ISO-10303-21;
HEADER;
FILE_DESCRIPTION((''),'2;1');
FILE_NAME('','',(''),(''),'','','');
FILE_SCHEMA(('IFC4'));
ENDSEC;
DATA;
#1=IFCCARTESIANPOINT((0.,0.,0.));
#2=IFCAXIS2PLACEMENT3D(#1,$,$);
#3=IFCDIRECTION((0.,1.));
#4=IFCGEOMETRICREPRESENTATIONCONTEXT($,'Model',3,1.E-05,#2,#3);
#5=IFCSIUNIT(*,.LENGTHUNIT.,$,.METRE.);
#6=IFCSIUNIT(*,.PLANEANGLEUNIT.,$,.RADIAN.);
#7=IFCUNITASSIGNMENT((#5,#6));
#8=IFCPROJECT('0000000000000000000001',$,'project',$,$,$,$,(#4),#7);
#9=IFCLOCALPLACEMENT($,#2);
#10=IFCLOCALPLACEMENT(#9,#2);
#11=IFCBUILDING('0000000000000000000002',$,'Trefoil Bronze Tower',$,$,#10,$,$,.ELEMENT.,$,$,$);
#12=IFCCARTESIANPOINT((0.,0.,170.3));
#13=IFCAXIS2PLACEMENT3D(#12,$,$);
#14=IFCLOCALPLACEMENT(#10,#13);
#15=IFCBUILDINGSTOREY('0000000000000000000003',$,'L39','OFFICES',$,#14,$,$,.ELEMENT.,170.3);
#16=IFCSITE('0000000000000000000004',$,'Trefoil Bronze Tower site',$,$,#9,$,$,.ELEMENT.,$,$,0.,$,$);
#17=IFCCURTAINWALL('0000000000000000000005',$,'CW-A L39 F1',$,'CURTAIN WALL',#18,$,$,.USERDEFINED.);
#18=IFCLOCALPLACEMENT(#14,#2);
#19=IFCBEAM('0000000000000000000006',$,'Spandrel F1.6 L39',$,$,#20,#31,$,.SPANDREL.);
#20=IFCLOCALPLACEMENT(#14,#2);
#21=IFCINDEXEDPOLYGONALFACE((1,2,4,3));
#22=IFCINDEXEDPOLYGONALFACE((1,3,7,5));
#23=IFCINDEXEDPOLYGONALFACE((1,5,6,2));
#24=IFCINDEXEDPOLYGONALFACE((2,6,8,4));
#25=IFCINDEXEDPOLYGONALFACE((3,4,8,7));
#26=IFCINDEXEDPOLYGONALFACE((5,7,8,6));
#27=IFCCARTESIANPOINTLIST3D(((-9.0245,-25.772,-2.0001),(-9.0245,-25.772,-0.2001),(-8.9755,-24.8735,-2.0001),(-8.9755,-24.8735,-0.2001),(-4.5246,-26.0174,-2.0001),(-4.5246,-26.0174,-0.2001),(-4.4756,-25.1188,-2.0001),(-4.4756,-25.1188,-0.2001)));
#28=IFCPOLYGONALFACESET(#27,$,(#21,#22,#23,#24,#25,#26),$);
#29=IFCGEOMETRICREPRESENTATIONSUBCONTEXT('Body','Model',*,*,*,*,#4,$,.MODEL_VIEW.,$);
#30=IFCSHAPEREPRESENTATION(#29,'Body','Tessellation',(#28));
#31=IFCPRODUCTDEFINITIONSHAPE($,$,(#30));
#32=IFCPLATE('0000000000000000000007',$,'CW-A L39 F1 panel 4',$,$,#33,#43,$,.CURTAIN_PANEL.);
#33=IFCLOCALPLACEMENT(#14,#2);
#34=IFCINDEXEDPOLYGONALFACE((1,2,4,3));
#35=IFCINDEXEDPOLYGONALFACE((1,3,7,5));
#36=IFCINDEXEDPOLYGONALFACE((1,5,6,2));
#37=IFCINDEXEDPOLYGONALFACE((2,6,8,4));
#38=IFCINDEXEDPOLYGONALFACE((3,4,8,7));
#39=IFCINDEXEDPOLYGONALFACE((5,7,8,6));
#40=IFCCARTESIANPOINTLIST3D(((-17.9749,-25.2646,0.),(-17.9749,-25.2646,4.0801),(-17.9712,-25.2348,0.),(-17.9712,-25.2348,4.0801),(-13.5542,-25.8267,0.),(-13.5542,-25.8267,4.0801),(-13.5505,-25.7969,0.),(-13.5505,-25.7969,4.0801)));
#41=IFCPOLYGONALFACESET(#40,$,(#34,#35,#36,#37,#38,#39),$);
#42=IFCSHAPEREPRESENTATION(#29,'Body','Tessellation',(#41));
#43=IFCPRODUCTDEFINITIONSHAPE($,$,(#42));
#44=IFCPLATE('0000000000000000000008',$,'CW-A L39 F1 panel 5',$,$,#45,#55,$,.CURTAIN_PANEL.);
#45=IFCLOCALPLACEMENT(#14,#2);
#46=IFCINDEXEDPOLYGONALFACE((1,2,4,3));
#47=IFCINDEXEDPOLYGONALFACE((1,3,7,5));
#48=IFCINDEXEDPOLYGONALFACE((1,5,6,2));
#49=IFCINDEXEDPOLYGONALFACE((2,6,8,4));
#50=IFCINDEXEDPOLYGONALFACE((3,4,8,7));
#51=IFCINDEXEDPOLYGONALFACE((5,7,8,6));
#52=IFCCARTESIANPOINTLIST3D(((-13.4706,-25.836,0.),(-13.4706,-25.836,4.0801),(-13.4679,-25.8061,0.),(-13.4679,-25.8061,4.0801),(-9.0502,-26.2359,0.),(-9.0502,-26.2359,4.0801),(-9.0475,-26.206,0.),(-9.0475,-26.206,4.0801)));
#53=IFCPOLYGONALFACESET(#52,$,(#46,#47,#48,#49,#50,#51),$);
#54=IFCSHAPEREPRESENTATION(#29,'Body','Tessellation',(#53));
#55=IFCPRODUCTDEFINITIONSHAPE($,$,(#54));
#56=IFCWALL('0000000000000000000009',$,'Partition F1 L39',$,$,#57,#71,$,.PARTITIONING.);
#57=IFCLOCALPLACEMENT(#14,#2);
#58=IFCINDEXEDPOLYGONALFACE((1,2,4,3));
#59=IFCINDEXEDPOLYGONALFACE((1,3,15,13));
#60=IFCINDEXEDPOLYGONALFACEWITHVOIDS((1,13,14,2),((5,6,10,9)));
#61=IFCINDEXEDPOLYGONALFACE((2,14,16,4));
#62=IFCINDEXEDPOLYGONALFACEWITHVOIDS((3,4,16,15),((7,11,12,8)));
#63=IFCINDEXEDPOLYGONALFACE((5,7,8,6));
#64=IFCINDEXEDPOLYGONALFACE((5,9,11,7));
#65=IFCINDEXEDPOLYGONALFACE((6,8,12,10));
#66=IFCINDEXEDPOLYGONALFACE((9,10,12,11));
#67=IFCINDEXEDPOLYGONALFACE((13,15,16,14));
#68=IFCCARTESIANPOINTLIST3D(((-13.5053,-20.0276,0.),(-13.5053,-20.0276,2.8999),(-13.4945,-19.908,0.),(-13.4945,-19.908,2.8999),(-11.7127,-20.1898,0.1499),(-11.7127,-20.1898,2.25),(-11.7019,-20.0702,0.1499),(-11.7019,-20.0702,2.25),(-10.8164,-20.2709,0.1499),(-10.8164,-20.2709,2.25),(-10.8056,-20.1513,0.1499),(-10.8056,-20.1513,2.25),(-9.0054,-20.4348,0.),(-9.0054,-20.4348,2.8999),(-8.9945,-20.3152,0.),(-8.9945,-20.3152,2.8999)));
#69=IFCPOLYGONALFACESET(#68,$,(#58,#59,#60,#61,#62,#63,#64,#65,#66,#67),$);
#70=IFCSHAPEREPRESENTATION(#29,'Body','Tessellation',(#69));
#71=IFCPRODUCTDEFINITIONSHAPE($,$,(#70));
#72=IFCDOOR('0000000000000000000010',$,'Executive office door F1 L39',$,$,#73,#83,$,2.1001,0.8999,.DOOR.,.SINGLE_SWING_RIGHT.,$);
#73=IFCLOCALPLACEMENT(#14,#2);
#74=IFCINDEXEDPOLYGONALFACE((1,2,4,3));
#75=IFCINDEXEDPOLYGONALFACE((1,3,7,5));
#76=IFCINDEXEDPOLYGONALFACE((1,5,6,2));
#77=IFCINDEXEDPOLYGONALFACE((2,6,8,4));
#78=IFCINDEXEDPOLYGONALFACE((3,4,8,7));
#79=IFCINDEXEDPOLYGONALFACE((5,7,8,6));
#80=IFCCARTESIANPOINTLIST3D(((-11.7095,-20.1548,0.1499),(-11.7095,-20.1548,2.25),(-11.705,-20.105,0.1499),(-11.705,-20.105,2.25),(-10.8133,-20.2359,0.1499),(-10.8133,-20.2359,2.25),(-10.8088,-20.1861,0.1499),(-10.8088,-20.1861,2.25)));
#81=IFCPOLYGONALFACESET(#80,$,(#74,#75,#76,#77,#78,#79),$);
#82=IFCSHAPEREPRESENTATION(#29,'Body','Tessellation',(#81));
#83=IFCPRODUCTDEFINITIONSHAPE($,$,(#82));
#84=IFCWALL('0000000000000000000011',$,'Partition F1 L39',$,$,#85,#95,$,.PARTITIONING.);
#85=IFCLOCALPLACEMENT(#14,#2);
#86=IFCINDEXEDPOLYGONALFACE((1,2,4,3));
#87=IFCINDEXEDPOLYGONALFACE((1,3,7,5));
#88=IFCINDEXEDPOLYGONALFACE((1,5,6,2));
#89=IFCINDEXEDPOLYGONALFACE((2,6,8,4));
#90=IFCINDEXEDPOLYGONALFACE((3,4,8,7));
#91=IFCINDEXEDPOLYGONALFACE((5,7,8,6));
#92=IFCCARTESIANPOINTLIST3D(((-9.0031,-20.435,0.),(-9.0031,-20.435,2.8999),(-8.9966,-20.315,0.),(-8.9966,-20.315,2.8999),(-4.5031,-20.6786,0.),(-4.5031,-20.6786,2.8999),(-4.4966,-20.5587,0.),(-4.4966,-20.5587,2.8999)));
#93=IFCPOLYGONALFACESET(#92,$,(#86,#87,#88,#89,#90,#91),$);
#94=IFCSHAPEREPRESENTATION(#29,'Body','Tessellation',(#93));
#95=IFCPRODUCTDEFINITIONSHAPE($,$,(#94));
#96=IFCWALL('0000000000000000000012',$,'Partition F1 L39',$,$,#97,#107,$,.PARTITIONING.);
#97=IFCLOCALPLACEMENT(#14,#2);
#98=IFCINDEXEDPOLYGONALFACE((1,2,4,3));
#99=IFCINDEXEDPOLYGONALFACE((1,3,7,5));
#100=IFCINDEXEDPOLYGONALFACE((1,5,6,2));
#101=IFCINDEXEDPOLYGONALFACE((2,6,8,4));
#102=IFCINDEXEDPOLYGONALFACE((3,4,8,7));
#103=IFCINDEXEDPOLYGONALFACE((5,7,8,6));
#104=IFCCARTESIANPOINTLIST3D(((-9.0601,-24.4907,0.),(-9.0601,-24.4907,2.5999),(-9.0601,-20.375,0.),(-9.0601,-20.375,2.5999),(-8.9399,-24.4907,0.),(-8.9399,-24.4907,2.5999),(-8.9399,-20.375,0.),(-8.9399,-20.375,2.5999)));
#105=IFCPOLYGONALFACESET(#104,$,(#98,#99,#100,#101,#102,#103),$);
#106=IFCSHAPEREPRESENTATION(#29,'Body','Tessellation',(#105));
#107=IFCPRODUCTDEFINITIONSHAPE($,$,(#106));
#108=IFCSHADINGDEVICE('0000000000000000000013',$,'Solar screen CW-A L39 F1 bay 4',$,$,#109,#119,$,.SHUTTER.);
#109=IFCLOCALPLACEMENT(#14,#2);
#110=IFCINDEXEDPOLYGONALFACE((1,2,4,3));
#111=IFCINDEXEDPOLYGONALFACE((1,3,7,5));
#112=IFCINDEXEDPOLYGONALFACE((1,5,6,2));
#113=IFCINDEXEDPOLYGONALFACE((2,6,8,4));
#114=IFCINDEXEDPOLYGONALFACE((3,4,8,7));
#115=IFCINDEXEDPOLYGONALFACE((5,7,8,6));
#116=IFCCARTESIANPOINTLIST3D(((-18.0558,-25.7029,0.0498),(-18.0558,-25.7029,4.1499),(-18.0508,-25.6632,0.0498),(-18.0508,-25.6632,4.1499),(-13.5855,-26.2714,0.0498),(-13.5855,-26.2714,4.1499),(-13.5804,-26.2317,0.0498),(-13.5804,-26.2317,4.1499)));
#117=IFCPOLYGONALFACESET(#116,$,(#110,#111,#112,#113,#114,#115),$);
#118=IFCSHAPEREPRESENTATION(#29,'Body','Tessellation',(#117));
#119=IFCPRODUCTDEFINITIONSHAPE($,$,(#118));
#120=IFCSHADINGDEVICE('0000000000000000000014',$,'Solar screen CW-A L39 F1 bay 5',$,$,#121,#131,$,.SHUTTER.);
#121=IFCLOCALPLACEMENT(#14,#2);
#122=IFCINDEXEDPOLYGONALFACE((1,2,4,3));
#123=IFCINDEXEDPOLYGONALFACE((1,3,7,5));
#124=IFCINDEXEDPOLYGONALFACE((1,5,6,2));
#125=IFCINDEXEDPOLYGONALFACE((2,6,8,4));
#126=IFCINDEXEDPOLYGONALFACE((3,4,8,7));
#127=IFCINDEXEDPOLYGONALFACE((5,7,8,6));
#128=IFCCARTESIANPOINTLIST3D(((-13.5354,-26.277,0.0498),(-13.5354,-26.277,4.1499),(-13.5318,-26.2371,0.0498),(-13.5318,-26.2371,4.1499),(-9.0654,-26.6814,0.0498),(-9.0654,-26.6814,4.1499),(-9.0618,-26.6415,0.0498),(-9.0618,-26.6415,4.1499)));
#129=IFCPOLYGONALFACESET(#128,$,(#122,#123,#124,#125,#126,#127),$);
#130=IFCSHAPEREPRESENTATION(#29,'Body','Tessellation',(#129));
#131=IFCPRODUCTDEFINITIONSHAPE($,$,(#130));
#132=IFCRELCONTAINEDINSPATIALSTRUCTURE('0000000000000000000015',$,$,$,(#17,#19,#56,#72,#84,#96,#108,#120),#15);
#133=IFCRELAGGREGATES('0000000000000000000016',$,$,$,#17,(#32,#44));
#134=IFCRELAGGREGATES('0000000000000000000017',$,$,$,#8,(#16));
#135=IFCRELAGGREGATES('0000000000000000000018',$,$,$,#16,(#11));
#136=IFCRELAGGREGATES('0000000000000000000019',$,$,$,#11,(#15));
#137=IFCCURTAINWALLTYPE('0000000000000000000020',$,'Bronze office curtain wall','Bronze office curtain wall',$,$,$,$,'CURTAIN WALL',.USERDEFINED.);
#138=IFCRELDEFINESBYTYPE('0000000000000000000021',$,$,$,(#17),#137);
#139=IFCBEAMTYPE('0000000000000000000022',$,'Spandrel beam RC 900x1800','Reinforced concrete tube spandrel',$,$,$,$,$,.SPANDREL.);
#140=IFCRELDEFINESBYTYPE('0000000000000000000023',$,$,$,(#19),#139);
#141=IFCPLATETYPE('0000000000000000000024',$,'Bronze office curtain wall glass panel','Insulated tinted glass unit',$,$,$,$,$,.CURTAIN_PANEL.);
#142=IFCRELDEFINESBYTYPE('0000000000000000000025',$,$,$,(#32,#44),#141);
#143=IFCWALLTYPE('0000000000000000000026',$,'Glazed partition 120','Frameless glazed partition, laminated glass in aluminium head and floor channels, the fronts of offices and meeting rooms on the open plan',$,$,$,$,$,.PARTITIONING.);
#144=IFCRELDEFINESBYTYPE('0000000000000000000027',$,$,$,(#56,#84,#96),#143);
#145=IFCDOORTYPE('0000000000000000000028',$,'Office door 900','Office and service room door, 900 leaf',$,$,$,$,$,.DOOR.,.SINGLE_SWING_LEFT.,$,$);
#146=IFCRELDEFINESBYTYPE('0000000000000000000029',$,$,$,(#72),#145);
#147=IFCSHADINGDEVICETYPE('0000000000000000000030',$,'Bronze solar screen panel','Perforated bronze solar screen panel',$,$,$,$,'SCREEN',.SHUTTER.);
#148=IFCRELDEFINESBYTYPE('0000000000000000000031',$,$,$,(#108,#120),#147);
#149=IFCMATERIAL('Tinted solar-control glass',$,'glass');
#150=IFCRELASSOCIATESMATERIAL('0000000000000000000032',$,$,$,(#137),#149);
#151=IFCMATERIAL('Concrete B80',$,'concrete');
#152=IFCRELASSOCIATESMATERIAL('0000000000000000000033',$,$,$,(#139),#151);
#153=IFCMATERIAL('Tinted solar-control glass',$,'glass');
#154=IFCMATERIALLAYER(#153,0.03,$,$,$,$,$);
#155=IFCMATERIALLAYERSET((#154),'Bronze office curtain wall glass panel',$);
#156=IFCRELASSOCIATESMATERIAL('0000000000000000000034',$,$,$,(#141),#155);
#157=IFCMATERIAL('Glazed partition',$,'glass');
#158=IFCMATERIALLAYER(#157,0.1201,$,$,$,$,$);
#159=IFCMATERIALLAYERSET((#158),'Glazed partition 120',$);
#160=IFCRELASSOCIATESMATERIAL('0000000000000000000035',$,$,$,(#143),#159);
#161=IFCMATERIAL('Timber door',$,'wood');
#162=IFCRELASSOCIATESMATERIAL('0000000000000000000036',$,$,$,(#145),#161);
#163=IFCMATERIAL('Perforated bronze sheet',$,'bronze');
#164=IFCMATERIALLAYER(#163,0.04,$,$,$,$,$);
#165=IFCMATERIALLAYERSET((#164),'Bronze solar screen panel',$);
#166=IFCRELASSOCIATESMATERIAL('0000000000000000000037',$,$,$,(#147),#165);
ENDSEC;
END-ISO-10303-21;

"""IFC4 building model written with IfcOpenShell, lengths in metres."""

from ifc_helpers import new_model, si_unit, direction, frame, frame_2d, origin, origin_2d, place, context, subcontext, project, spatial, rectangle, extrude, material, layer, layer_set, material_profile, profile_set, type_object, element, fill, aggregate, save


model = new_model("IFC4")

# Units and contexts
model_context = context("Model", 3, precision=1e-05, world=origin(), true_north=direction((0.0, 1.0)))
body_context = subcontext(model_context, "Body", "Model", "MODEL_VIEW")
ifc_project = project(units=[si_unit("LENGTHUNIT", "METRE"), si_unit("PLANEANGLEUNIT", "RADIAN")], contexts=[model_context])

# Site, building, storey
site_placement = place(None, origin())
site = spatial("IfcSite", under=ifc_project, at=site_placement, Name="Trefoil Bronze Tower site", CompositionType="ELEMENT", RefElevation=0.0)
building_placement = place(site_placement, origin())
building = spatial("IfcBuilding", under=site, at=building_placement, Name="Trefoil Bronze Tower", CompositionType="ELEMENT")
storey_placement = place(building_placement, frame((0.0, 0.0, 170.3)))
storey = spatial("IfcBuildingStorey", under=building, at=storey_placement, Name="L39", Description="OFFICES", CompositionType="ELEMENT", Elevation=170.3)

# Curtain wall
ifc_material_1 = material(Name="Tinted solar-control glass", Category="glass")
curtain_wall_type = type_object("IfcCurtainWallType", Name="Bronze office curtain wall", Description="Bronze office curtain wall", ElementType="CURTAIN WALL", PredefinedType="USERDEFINED", material=ifc_material_1)
curtain_wall_placement = place(storey_placement, origin())
curtain_wall = element("IfcCurtainWall", 1, at=curtain_wall_placement, inside=storey, type_object=curtain_wall_type, Name="CW-A L39 F1", ObjectType="CURTAIN WALL", PredefinedType="USERDEFINED")

# Beam
ifc_material_2 = material(Name="Concrete B80", Category="concrete")
ifc_material_profile_1 = material_profile(ifc_material_2, rectangle(XDim=0.8999, YDim=1.8, at=origin_2d()), Name="RC 900x1800")
ifc_profile_set_1 = profile_set([ifc_material_profile_1], Name="Concrete B80")
beam_type_1 = type_object("IfcBeamType", Name="Spandrel beam RC 900x1800", Description="Reinforced concrete tube spandrel", PredefinedType="SPANDREL", material=ifc_profile_set_1)
beam_1_placement = place(storey_placement, frame((-9.0, -25.3228, -1.1001), z_axis=(0.998517, -0.054444, 0.0), x_axis=(0.054444, 0.998517, 0.0)))
element("IfcBeam", 2, at=beam_1_placement, inside=storey, type_object=beam_type_1, Name="Spandrel F1.6 L39", PredefinedType="SPANDREL", context=body_context, shape_type="SweptSolid", body=[
    extrude(rectangle(XDim=0.8999, YDim=1.8, at=origin_2d()), origin(), (0.0, 0.0, 1.0), 4.5066),
])

# Plates
ifc_material_3 = material(Name="Tinted solar-control glass", Category="glass")
ifc_layer_1 = layer(ifc_material_3, 0.03)
ifc_layer_set_1 = layer_set([ifc_layer_1], Name="Bronze office curtain wall glass panel")
plate_type = type_object("IfcPlateType", Name="Bronze office curtain wall glass panel", Description="Insulated tinted glass unit", PredefinedType="CURTAIN_PANEL", material=ifc_layer_set_1)
plate_1_placement = place(storey_placement, frame((-15.7627, -25.5308, 0.0), z_axis=(0.0, 0.0, 1.0), x_axis=(0.992012, -0.126147, 0.0)))
plate_1 = element("IfcPlate", 3, at=plate_1_placement, type_object=plate_type, Name="CW-A L39 F1 panel 4", PredefinedType="CURTAIN_PANEL", context=body_context, shape_type="SweptSolid", body=[
    extrude(rectangle(XDim=4.4563, YDim=0.03, at=origin_2d()), origin(), (0.0, 0.0, 1.0), 4.0801),
])
plate_2_placement = place(storey_placement, frame((-11.259, -26.021, 0.0), z_axis=(0.0, 0.0, 1.0), x_axis=(0.995932, -0.090105, 0.0)))
plate_2 = element("IfcPlate", 4, at=plate_2_placement, type_object=plate_type, Name="CW-A L39 F1 panel 5", PredefinedType="CURTAIN_PANEL", context=body_context, shape_type="SweptSolid", body=[
    extrude(rectangle(XDim=4.4385, YDim=0.03, at=origin_2d()), origin(), (0.0, 0.0, 1.0), 4.0801),
])
aggregate(curtain_wall, [plate_1, plate_2])

# Wall, opening, door
ifc_material_4 = material(Name="Glazed partition", Category="glass")
ifc_layer_2 = layer(ifc_material_4, 0.1201)
ifc_layer_set_2 = layer_set([ifc_layer_2], Name="Glazed partition 120")
wall_type = type_object("IfcWallType", Name="Glazed partition 120", Description="Frameless glazed partition, laminated glass in aluminium head and floor channels, the fronts of offices and meeting rooms on the open plan", PredefinedType="PARTITIONING", material=ifc_layer_set_2)
wall_1_placement = place(storey_placement, frame((-13.5, -19.9678, 0.0), z_axis=(0.0, 0.0, 1.0), x_axis=(0.99593, -0.090127, 0.0)))
wall_1 = element("IfcWall", 5, at=wall_1_placement, inside=storey, type_object=wall_type, Name="Partition F1 L39", PredefinedType="PARTITIONING", context=body_context, shape_type="SweptSolid", body=[
    extrude(rectangle(XDim=4.5183, YDim=0.1201, at=frame_2d((2.2593, 0.0))), origin(), (0.0, 0.0, 1.0), 2.8999),
])
opening_placement = place(wall_1_placement, frame((1.8, 0.0, 0.1499)))
opening = element("IfcOpeningElement", 6, at=opening_placement, cuts=wall_1, PredefinedType="OPENING", context=body_context, shape_type="SweptSolid", body=[
    extrude(rectangle(XDim=0.8999, YDim=2.1001, at=frame_2d((0.45, 1.05))), frame((0.0, 0.0701, 0.0), z_axis=(0.0, -1.0, 0.0), x_axis=(1.0, 0.0, 0.0)), (0.0, 0.0, 1.0), 0.1401),
])
ifc_material_5 = material(Name="Timber door", Category="wood")
door_type = type_object("IfcDoorType", Name="Office door 900", Description="Office and service room door, 900 leaf", OperationType="SINGLE_SWING_LEFT", PredefinedType="DOOR", material=ifc_material_5)
door_placement = place(opening_placement, frame((0.8999, 0.0, 0.0), z_axis=(0.0, 0.0, 1.0), x_axis=(-1.0, 0.0, 0.0)))
door = element("IfcDoor", 7, at=door_placement, inside=storey, type_object=door_type, Name="Executive office door F1 L39", OperationType="SINGLE_SWING_RIGHT", OverallHeight=2.1001, OverallWidth=0.8999, PredefinedType="DOOR", context=body_context, shape_type="SweptSolid", body=[
    extrude(rectangle(XDim=0.8999, YDim=2.1001, at=frame_2d((0.45, 1.05))), frame((0.0, 0.0249, 0.0), z_axis=(0.0, -1.0, 0.0), x_axis=(1.0, 0.0, 0.0)), (0.0, 0.0, 1.0), 0.05),
])
fill(opening, door)

# Walls
wall_2_placement = place(storey_placement, frame((-9.0, -20.375, 0.0), z_axis=(0.0, 0.0, 1.0), x_axis=(0.998537, -0.054066, 0.0)))
element("IfcWall", 8, at=wall_2_placement, inside=storey, type_object=wall_type, Name="Partition F1 L39", PredefinedType="PARTITIONING", context=body_context, shape_type="SweptSolid", body=[
    extrude(rectangle(XDim=4.5066, YDim=0.1201, at=frame_2d((2.2534, 0.0))), origin(), (0.0, 0.0, 1.0), 2.8999),
])
wall_3_placement = place(storey_placement, frame((-9.0, -20.375, 0.0), z_axis=(0.0, 0.0, 1.0), x_axis=(0.0, -1.0, 0.0)))
element("IfcWall", 9, at=wall_3_placement, inside=storey, type_object=wall_type, Name="Partition F1 L39", PredefinedType="PARTITIONING", context=body_context, shape_type="SweptSolid", body=[
    extrude(rectangle(XDim=4.1157, YDim=0.1201, at=frame_2d((2.0579, 0.0))), origin(), (0.0, 0.0, 1.0), 2.5999),
])

# Shading devices
ifc_material_6 = material(Name="Perforated bronze sheet", Category="bronze")
ifc_layer_3 = layer(ifc_material_6, 0.04)
ifc_layer_set_3 = layer_set([ifc_layer_3], Name="Bronze solar screen panel")
shading_device_type = type_object("IfcShadingDeviceType", Name="Bronze solar screen panel", Description="Perforated bronze solar screen panel", ElementType="SCREEN", PredefinedType="SHUTTER", material=ifc_layer_set_3)
shading_device_1_placement = place(storey_placement, frame((-15.8181, -25.9673, 0.0498), z_axis=(0.0, 0.0, 1.0), x_axis=(0.992012, -0.126147, 0.0)))
element("IfcShadingDevice", 10, at=shading_device_1_placement, inside=storey, type_object=shading_device_type, Name="Solar screen CW-A L39 F1 bay 4", PredefinedType="SHUTTER", context=body_context, shape_type="SweptSolid", body=[
    extrude(rectangle(XDim=4.5063, YDim=0.04, at=origin_2d()), origin(), (0.0, 0.0, 1.0), 4.1001),
])
shading_device_2_placement = place(storey_placement, frame((-11.2986, -26.4592, 0.0498), z_axis=(0.0, 0.0, 1.0), x_axis=(0.995932, -0.090105, 0.0)))
element("IfcShadingDevice", 11, at=shading_device_2_placement, inside=storey, type_object=shading_device_type, Name="Solar screen CW-A L39 F1 bay 5", PredefinedType="SHUTTER", context=body_context, shape_type="SweptSolid", body=[
    extrude(rectangle(XDim=4.4883, YDim=0.04, at=origin_2d()), origin(), (0.0, 0.0, 1.0), 4.1001),
])

save(model, "model.ifc")
